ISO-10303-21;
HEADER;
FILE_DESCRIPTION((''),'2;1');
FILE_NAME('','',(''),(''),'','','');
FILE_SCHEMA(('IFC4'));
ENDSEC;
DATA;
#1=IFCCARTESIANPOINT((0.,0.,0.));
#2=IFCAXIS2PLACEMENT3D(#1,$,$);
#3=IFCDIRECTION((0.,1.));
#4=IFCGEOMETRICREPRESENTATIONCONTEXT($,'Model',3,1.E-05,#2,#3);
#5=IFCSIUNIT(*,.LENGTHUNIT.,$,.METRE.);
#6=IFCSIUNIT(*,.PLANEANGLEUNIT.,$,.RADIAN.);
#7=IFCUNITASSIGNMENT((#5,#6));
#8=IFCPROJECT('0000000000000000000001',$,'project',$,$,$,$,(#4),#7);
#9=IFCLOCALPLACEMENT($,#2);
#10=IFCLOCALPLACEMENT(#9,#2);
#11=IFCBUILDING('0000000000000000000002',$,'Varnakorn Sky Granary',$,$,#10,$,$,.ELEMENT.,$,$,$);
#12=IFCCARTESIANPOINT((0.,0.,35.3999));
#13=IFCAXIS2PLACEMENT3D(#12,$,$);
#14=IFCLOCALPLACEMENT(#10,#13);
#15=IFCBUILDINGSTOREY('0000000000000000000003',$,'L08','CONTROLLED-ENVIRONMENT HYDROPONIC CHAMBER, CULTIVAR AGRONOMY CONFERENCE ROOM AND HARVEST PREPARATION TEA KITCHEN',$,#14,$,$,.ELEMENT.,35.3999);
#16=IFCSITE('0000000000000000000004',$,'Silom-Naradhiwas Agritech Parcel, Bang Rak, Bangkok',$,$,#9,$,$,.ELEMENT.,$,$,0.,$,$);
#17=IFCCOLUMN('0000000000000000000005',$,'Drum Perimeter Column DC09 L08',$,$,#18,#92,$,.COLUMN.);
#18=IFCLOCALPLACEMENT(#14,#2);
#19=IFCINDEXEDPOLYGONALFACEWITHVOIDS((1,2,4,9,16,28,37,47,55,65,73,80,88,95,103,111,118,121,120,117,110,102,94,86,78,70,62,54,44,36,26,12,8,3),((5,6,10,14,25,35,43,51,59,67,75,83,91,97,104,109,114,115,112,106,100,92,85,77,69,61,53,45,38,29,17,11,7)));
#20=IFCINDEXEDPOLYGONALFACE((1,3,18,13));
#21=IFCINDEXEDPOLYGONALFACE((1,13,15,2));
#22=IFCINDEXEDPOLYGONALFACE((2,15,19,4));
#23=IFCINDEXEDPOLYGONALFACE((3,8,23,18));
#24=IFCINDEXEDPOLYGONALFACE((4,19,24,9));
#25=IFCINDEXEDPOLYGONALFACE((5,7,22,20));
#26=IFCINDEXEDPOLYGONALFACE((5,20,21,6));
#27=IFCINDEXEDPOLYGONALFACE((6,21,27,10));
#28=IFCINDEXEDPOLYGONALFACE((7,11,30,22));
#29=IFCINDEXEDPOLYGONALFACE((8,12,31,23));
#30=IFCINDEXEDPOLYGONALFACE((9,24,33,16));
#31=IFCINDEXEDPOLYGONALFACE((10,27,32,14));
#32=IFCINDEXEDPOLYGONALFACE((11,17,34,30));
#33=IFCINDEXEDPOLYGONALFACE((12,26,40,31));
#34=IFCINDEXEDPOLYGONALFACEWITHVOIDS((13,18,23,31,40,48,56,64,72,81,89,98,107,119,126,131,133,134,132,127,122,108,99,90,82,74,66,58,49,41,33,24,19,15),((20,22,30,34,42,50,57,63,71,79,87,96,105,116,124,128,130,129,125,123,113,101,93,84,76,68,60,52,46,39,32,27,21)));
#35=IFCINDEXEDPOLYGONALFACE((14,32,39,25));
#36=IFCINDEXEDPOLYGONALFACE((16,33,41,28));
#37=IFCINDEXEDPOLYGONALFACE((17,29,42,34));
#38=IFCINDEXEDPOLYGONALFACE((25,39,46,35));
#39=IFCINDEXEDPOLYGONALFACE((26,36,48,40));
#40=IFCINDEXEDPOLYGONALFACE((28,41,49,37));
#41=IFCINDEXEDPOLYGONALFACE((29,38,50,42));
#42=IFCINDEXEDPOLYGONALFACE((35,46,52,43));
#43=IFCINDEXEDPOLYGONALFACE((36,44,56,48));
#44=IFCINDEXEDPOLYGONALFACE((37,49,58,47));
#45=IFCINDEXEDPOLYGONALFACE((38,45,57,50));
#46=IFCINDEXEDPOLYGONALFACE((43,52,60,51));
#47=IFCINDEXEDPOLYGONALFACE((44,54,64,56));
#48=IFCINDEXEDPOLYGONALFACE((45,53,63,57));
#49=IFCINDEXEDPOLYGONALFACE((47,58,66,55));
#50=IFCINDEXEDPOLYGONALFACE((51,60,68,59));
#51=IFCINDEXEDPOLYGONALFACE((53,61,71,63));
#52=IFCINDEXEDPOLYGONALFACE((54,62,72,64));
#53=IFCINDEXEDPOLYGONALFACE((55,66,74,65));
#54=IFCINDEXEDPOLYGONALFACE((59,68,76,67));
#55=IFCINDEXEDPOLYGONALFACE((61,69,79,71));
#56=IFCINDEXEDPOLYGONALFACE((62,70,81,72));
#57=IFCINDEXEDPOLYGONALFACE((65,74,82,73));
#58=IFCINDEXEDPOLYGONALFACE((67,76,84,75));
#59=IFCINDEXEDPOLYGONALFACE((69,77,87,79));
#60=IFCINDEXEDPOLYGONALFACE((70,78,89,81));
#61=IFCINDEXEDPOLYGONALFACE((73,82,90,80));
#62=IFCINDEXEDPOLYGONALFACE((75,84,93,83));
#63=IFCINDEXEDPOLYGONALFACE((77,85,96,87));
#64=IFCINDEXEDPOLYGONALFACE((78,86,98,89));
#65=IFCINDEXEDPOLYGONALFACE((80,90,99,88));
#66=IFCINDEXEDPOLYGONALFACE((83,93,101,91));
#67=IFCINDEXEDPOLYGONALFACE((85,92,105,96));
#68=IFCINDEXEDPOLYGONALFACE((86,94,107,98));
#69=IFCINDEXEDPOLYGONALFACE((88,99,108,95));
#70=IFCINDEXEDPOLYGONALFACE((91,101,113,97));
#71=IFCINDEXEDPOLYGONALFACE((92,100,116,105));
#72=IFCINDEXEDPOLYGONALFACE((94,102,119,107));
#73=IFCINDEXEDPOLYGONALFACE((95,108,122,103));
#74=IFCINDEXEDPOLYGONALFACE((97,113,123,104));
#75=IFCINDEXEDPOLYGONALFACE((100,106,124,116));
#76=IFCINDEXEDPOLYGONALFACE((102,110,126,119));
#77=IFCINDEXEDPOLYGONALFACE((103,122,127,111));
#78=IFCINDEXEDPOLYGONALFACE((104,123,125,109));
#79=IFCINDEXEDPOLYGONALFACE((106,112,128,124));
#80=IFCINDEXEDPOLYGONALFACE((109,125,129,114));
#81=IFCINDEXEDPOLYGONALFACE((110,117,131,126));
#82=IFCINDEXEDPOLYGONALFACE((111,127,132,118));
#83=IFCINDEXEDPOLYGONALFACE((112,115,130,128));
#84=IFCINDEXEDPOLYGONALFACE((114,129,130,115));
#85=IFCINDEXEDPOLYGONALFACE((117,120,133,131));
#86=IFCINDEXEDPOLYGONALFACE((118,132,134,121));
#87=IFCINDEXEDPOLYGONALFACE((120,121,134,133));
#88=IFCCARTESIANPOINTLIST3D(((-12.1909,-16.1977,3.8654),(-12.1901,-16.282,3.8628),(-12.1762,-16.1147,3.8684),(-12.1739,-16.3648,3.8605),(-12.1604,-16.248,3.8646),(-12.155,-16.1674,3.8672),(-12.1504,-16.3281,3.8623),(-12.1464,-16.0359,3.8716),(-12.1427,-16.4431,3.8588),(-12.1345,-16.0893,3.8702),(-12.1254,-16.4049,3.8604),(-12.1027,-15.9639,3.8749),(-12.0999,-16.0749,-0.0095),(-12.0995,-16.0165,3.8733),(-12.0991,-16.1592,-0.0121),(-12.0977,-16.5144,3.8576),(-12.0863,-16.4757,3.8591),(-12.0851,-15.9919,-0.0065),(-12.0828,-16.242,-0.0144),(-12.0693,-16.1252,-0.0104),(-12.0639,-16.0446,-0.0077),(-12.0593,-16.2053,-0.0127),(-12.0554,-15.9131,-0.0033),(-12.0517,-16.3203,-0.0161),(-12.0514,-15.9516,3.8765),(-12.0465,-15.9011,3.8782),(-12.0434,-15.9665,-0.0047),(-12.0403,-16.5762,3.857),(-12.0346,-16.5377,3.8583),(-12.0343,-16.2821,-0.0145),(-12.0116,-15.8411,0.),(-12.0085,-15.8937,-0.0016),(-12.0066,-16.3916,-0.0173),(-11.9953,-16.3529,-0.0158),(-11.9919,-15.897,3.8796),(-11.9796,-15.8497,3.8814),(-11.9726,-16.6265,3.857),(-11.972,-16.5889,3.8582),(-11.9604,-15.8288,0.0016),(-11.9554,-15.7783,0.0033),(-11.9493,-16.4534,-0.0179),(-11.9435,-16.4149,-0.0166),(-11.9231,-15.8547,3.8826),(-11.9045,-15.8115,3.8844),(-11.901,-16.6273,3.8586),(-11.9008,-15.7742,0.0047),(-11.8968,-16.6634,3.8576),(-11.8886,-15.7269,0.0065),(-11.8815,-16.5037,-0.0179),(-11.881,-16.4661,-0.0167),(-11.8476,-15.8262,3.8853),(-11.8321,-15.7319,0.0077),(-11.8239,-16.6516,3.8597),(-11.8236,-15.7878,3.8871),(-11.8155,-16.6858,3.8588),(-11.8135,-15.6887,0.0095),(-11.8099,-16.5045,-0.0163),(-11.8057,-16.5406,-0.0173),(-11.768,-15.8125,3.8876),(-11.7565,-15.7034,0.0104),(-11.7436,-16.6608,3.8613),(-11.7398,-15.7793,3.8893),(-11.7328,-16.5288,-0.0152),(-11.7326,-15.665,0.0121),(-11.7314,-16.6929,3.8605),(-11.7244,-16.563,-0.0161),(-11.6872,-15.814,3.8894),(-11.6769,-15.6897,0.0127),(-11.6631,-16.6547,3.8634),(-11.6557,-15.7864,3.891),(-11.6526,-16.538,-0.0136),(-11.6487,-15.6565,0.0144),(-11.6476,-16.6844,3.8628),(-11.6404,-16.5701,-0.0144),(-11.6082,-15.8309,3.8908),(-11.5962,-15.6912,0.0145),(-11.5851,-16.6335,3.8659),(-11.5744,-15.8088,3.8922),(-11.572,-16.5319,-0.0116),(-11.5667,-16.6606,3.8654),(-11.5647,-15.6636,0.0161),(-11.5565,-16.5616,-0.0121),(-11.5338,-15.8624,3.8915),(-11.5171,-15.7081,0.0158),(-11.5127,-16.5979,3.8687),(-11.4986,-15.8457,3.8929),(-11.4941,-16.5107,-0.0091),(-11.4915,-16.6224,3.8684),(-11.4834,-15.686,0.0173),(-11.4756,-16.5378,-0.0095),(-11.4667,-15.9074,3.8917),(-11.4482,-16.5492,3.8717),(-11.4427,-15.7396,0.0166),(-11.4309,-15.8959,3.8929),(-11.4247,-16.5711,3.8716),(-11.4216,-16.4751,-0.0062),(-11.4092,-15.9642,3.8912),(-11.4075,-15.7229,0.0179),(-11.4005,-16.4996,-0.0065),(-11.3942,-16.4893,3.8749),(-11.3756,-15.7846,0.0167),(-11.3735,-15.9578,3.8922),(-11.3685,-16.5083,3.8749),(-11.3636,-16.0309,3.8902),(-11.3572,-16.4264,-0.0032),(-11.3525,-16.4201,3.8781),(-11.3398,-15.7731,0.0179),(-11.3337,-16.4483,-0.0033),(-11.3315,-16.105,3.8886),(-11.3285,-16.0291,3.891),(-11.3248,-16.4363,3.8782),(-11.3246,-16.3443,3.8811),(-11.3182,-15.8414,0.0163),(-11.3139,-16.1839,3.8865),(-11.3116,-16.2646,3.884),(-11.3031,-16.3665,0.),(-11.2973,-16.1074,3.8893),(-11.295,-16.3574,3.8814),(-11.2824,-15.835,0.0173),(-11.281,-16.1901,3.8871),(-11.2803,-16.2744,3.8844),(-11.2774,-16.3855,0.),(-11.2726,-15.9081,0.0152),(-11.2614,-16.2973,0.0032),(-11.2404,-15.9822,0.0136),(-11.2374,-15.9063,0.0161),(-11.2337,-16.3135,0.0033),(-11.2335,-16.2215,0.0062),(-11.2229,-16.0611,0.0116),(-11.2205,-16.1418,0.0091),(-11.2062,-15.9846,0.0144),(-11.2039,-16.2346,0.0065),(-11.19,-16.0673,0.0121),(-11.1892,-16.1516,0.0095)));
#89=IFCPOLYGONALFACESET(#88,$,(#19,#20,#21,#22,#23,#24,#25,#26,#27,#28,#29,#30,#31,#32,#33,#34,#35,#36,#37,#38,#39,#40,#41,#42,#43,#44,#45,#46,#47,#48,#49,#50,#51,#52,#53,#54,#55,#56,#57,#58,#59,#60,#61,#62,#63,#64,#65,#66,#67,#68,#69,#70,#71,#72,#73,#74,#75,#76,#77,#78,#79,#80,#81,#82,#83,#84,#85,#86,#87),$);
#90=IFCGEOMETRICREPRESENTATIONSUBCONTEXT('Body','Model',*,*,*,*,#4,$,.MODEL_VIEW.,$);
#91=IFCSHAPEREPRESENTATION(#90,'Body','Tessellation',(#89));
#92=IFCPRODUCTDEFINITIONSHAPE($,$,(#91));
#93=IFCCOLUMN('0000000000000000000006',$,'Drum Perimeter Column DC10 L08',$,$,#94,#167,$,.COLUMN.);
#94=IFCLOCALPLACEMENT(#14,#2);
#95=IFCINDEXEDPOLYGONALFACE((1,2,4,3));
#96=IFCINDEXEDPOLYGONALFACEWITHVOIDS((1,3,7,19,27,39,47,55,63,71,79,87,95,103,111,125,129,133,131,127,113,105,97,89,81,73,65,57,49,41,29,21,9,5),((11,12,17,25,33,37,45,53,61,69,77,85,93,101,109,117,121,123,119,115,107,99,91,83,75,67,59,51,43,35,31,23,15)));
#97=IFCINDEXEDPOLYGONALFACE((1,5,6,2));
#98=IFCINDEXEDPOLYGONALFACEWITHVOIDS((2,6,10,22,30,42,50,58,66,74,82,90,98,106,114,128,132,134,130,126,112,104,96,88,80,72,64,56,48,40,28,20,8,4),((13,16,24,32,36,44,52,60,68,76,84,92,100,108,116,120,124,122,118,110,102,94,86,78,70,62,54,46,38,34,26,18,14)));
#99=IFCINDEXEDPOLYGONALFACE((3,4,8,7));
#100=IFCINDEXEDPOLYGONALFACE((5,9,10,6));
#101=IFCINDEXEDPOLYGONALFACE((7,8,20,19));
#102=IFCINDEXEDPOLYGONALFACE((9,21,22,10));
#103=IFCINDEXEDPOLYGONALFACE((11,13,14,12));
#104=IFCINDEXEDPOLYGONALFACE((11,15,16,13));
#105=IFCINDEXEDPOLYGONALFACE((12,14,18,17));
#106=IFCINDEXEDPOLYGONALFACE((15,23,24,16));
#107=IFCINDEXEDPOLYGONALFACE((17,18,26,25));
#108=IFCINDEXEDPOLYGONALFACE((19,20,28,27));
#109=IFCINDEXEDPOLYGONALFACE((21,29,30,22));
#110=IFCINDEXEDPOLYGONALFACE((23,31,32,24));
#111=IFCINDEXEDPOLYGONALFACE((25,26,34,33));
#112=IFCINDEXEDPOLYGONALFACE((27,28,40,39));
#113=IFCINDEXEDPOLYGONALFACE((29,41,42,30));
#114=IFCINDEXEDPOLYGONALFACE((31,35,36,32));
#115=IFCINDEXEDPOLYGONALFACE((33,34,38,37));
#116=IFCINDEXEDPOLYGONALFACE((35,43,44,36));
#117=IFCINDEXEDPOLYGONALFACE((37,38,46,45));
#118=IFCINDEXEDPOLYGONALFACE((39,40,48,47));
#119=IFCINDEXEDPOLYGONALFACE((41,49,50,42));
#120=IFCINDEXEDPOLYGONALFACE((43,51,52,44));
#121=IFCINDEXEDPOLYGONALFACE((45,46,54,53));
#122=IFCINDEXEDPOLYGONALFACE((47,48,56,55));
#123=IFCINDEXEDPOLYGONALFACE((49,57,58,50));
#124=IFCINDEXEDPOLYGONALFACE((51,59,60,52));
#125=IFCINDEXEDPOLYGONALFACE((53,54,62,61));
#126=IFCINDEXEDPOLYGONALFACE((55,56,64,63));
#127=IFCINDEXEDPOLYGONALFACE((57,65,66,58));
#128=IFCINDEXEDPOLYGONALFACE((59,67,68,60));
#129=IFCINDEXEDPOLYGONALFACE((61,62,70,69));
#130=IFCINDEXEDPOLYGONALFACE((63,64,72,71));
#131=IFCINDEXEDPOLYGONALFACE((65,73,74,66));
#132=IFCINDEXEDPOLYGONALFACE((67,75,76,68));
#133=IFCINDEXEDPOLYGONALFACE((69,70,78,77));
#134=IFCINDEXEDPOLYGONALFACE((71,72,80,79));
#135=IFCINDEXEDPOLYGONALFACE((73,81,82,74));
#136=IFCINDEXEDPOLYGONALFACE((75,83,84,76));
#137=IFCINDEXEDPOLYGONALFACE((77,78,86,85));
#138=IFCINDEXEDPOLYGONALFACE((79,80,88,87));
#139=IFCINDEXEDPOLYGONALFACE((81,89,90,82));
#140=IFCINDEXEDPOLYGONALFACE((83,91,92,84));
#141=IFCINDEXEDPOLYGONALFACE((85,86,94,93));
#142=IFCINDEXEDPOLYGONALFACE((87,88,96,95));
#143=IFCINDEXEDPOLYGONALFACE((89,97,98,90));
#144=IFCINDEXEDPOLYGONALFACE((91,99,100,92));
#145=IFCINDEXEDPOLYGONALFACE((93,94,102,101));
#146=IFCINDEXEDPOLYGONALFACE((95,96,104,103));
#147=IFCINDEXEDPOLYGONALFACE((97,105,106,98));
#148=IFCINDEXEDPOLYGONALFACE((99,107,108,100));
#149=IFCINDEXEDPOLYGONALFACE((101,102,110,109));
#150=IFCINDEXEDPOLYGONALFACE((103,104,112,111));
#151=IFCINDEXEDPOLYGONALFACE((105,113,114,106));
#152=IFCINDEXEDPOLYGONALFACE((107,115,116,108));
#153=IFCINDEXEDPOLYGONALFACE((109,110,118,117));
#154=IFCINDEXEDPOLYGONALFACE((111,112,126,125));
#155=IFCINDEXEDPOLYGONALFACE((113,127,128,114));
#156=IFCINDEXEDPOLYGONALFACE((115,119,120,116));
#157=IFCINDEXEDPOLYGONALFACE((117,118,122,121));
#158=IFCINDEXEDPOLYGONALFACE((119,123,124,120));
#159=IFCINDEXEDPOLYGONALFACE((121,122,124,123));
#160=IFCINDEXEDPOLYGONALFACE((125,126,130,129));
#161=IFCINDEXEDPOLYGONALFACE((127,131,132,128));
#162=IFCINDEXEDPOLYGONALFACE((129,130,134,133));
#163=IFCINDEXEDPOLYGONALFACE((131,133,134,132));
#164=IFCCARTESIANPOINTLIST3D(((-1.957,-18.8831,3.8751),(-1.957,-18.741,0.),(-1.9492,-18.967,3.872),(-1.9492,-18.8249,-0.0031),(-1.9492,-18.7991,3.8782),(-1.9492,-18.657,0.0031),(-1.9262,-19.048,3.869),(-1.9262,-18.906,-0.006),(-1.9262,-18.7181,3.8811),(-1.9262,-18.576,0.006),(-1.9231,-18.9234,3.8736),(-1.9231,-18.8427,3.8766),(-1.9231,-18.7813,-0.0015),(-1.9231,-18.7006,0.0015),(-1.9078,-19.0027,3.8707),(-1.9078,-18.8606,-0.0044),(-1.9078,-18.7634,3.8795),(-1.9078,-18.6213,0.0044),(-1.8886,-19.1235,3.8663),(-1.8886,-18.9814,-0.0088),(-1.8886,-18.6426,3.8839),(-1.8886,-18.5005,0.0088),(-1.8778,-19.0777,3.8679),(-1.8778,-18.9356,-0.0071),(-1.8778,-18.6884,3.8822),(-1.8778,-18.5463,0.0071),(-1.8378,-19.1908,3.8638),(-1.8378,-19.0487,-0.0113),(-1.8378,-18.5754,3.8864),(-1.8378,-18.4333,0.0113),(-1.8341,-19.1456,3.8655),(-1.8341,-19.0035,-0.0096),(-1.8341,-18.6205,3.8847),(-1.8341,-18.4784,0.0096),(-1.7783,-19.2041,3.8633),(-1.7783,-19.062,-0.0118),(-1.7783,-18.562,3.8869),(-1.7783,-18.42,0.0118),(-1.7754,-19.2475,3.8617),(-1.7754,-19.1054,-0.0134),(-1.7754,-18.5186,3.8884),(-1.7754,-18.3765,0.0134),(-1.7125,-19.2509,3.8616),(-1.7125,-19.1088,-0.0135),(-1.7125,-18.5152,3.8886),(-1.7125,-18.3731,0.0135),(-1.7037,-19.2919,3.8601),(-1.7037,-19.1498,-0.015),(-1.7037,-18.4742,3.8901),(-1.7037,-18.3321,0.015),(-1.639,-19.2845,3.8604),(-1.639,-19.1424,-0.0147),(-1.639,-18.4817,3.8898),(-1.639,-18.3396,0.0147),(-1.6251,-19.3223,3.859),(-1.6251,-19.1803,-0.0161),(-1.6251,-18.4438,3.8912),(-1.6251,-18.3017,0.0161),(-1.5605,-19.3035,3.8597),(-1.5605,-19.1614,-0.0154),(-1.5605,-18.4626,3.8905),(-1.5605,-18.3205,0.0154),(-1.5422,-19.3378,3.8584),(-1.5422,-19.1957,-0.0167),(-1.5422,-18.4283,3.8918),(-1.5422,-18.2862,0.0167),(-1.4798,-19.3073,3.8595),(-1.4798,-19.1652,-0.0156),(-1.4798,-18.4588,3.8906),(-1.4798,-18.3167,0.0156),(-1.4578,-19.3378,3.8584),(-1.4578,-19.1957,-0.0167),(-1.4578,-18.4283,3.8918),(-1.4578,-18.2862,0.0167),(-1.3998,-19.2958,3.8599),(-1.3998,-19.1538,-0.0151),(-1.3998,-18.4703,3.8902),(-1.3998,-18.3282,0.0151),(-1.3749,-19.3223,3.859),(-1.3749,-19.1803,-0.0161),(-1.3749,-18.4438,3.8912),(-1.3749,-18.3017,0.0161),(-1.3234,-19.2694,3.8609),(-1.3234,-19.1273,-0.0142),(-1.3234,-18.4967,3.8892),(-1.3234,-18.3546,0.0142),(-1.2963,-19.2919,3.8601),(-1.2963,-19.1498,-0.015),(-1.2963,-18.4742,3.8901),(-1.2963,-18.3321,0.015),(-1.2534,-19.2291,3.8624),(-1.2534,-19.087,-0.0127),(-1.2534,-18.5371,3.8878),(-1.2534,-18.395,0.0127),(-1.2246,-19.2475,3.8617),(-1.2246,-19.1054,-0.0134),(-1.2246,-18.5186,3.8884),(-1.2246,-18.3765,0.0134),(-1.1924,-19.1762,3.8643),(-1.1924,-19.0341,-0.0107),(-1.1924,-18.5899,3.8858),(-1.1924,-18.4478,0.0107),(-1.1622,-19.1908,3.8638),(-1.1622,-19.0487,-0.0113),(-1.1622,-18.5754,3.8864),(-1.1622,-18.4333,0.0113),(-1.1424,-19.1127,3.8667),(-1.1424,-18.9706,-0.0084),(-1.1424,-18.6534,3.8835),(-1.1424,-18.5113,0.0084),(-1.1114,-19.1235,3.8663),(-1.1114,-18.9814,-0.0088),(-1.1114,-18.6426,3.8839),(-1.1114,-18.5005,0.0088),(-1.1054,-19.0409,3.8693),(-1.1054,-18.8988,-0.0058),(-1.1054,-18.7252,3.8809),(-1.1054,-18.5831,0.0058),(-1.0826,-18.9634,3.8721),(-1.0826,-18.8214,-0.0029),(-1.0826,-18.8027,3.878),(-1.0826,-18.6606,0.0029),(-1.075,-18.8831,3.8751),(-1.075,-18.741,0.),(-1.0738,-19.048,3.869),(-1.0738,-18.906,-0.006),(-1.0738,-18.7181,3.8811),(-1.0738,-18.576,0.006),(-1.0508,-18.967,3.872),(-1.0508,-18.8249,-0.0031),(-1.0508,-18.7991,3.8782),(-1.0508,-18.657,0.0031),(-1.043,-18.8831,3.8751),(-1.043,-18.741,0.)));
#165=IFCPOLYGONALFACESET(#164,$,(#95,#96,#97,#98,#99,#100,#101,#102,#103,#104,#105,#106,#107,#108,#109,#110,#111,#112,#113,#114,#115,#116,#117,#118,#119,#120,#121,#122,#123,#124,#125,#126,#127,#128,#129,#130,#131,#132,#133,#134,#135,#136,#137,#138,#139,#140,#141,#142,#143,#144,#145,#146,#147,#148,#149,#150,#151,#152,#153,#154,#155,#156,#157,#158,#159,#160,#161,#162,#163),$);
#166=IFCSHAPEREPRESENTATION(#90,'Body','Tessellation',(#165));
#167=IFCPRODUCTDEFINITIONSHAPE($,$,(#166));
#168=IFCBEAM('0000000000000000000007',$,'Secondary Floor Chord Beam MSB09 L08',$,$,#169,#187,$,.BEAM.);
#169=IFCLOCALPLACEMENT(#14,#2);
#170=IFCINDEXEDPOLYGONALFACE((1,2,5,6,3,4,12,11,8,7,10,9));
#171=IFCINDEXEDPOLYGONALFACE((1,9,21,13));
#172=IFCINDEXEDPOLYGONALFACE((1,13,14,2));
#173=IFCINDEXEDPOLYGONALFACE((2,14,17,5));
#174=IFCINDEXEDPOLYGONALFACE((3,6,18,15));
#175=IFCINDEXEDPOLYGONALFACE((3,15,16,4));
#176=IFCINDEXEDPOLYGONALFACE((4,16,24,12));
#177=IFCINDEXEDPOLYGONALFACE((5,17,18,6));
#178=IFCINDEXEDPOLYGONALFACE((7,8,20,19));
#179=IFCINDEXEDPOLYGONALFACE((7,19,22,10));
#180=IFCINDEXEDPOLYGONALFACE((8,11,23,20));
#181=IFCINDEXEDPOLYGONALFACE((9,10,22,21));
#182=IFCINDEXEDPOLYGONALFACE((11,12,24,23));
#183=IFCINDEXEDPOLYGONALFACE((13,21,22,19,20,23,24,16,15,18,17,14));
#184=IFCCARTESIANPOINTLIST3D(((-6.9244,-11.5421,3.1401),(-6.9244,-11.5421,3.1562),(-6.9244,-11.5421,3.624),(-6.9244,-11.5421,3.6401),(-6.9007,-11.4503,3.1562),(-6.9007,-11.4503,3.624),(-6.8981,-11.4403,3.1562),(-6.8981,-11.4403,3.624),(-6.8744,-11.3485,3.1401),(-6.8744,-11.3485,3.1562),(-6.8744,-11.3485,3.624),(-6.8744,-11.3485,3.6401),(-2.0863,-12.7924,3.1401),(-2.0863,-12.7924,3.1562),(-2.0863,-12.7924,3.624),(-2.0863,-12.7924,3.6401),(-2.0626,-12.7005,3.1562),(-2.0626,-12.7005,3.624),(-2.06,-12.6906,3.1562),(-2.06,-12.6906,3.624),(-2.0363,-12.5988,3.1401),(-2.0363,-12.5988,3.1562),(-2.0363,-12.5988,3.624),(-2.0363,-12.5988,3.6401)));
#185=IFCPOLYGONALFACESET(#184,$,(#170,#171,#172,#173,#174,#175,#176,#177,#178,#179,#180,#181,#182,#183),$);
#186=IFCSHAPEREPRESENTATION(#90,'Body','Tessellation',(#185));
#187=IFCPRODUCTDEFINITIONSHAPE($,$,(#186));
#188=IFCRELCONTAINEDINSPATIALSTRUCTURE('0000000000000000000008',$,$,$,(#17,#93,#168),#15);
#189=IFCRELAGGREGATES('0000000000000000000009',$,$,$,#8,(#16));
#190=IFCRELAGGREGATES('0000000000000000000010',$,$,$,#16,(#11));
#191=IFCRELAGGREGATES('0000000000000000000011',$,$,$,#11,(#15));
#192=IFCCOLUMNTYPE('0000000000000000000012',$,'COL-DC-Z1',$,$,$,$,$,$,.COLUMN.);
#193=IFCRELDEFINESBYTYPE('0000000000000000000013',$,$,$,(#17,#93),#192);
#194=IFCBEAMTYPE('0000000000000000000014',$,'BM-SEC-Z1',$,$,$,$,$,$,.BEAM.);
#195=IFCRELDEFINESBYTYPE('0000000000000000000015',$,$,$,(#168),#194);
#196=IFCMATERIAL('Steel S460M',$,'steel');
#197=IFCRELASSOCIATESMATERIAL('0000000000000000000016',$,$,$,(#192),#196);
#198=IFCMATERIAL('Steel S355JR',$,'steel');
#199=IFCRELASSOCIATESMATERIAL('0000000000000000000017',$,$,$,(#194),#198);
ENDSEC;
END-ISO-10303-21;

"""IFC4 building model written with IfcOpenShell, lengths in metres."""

from ifc_helpers import new_model, si_unit, direction, frame, origin, origin_2d, place, context, subcontext, project, spatial, hollow_circle, i_section, extrude, material, material_profile, profile_set, type_object, element, save


model = new_model("IFC4")

# Units and contexts
model_context = context("Model", 3, precision=1e-05, world=origin(), true_north=direction((0.0, 1.0)))
body_context = subcontext(model_context, "Body", "Model", "MODEL_VIEW")
ifc_project = project(units=[si_unit("LENGTHUNIT", "METRE"), si_unit("PLANEANGLEUNIT", "RADIAN")], contexts=[model_context])

# Site, building, storey
site_placement = place(None, origin())
site = spatial("IfcSite", under=ifc_project, at=site_placement, Name="Silom-Naradhiwas Agritech Parcel, Bang Rak, Bangkok", CompositionType="ELEMENT", RefElevation=0.0)
building_placement = place(site_placement, origin())
building = spatial("IfcBuilding", under=site, at=building_placement, Name="Varnakorn Sky Granary", CompositionType="ELEMENT")
storey_placement = place(building_placement, frame((0.0, 0.0, 35.3999)))
storey = spatial("IfcBuildingStorey", under=building, at=storey_placement, Name="L08", Description="CONTROLLED-ENVIRONMENT HYDROPONIC CHAMBER, CULTIVAR AGRONOMY CONFERENCE ROOM AND HARVEST PREPARATION TEA KITCHEN", CompositionType="ELEMENT", Elevation=35.3999)

# Columns
ifc_material_1 = material(Name="Steel S460M", Category="steel")
ifc_material_profile_1 = material_profile(ifc_material_1, hollow_circle(Radius=0.457, WallThickness=0.032, at=origin_2d()), Name="CHS 914x32")
ifc_profile_set_1 = profile_set([ifc_material_profile_1], Name="Steel S460M")
column_type = type_object("IfcColumnType", Name="COL-DC-Z1", PredefinedType="COLUMN", material=ifc_profile_set_1)
column_1_placement = place(storey_placement, frame((-11.6445, -16.1133, 0.0), z_axis=(-0.023482, -0.031666, 0.999223), x_axis=(0.803246, -0.595648, 0.0)))
element("IfcColumn", 1, at=column_1_placement, inside=storey, type_object=column_type, Name="Drum Perimeter Column DC09 L08", PredefinedType="COLUMN", context=body_context, shape_type="SweptSolid", body=[
    extrude(hollow_circle(Radius=0.457, WallThickness=0.032, at=origin_2d()), origin(), (0.0, 0.0, 1.0), 3.8779),
])
column_2_placement = place(storey_placement, frame((-1.5, -18.741, 0.0), z_axis=(0.0, -0.036644, 0.999328), x_axis=(1.0, 0.0, 0.0)))
element("IfcColumn", 2, at=column_2_placement, inside=storey, type_object=column_type, Name="Drum Perimeter Column DC10 L08", PredefinedType="COLUMN", context=body_context, shape_type="SweptSolid", body=[
    extrude(hollow_circle(Radius=0.457, WallThickness=0.032, at=origin_2d()), origin(), (0.0, 0.0, 1.0), 3.8777),
])

# Beam
ifc_material_2 = material(Name="Steel S355JR", Category="steel")
ifc_material_profile_2 = material_profile(ifc_material_2, i_section(OverallWidth=0.2, OverallDepth=0.5, WebThickness=0.0103, FlangeThickness=0.0161, at=origin_2d()), Name="IPE 500")
ifc_profile_set_2 = profile_set([ifc_material_profile_2], Name="Steel S355JR")
beam_type_1 = type_object("IfcBeamType", Name="BM-SEC-Z1", PredefinedType="BEAM", material=ifc_profile_set_2)
beam_1_placement = place(storey_placement, frame((-6.8994, -11.4453, 3.3901), z_axis=(0.968195, -0.250196, 0.0), x_axis=(0.250196, 0.968195, 0.0)))
element("IfcBeam", 3, at=beam_1_placement, inside=storey, type_object=beam_type_1, Name="Secondary Floor Chord Beam MSB09 L08", PredefinedType="BEAM", context=body_context, shape_type="SweptSolid", body=[
    extrude(i_section(OverallWidth=0.2, OverallDepth=0.5, WebThickness=0.0103, FlangeThickness=0.0161, at=origin_2d()), origin(), (0.0, 0.0, 1.0), 4.9971),
])

save(model, "model.ifc")
